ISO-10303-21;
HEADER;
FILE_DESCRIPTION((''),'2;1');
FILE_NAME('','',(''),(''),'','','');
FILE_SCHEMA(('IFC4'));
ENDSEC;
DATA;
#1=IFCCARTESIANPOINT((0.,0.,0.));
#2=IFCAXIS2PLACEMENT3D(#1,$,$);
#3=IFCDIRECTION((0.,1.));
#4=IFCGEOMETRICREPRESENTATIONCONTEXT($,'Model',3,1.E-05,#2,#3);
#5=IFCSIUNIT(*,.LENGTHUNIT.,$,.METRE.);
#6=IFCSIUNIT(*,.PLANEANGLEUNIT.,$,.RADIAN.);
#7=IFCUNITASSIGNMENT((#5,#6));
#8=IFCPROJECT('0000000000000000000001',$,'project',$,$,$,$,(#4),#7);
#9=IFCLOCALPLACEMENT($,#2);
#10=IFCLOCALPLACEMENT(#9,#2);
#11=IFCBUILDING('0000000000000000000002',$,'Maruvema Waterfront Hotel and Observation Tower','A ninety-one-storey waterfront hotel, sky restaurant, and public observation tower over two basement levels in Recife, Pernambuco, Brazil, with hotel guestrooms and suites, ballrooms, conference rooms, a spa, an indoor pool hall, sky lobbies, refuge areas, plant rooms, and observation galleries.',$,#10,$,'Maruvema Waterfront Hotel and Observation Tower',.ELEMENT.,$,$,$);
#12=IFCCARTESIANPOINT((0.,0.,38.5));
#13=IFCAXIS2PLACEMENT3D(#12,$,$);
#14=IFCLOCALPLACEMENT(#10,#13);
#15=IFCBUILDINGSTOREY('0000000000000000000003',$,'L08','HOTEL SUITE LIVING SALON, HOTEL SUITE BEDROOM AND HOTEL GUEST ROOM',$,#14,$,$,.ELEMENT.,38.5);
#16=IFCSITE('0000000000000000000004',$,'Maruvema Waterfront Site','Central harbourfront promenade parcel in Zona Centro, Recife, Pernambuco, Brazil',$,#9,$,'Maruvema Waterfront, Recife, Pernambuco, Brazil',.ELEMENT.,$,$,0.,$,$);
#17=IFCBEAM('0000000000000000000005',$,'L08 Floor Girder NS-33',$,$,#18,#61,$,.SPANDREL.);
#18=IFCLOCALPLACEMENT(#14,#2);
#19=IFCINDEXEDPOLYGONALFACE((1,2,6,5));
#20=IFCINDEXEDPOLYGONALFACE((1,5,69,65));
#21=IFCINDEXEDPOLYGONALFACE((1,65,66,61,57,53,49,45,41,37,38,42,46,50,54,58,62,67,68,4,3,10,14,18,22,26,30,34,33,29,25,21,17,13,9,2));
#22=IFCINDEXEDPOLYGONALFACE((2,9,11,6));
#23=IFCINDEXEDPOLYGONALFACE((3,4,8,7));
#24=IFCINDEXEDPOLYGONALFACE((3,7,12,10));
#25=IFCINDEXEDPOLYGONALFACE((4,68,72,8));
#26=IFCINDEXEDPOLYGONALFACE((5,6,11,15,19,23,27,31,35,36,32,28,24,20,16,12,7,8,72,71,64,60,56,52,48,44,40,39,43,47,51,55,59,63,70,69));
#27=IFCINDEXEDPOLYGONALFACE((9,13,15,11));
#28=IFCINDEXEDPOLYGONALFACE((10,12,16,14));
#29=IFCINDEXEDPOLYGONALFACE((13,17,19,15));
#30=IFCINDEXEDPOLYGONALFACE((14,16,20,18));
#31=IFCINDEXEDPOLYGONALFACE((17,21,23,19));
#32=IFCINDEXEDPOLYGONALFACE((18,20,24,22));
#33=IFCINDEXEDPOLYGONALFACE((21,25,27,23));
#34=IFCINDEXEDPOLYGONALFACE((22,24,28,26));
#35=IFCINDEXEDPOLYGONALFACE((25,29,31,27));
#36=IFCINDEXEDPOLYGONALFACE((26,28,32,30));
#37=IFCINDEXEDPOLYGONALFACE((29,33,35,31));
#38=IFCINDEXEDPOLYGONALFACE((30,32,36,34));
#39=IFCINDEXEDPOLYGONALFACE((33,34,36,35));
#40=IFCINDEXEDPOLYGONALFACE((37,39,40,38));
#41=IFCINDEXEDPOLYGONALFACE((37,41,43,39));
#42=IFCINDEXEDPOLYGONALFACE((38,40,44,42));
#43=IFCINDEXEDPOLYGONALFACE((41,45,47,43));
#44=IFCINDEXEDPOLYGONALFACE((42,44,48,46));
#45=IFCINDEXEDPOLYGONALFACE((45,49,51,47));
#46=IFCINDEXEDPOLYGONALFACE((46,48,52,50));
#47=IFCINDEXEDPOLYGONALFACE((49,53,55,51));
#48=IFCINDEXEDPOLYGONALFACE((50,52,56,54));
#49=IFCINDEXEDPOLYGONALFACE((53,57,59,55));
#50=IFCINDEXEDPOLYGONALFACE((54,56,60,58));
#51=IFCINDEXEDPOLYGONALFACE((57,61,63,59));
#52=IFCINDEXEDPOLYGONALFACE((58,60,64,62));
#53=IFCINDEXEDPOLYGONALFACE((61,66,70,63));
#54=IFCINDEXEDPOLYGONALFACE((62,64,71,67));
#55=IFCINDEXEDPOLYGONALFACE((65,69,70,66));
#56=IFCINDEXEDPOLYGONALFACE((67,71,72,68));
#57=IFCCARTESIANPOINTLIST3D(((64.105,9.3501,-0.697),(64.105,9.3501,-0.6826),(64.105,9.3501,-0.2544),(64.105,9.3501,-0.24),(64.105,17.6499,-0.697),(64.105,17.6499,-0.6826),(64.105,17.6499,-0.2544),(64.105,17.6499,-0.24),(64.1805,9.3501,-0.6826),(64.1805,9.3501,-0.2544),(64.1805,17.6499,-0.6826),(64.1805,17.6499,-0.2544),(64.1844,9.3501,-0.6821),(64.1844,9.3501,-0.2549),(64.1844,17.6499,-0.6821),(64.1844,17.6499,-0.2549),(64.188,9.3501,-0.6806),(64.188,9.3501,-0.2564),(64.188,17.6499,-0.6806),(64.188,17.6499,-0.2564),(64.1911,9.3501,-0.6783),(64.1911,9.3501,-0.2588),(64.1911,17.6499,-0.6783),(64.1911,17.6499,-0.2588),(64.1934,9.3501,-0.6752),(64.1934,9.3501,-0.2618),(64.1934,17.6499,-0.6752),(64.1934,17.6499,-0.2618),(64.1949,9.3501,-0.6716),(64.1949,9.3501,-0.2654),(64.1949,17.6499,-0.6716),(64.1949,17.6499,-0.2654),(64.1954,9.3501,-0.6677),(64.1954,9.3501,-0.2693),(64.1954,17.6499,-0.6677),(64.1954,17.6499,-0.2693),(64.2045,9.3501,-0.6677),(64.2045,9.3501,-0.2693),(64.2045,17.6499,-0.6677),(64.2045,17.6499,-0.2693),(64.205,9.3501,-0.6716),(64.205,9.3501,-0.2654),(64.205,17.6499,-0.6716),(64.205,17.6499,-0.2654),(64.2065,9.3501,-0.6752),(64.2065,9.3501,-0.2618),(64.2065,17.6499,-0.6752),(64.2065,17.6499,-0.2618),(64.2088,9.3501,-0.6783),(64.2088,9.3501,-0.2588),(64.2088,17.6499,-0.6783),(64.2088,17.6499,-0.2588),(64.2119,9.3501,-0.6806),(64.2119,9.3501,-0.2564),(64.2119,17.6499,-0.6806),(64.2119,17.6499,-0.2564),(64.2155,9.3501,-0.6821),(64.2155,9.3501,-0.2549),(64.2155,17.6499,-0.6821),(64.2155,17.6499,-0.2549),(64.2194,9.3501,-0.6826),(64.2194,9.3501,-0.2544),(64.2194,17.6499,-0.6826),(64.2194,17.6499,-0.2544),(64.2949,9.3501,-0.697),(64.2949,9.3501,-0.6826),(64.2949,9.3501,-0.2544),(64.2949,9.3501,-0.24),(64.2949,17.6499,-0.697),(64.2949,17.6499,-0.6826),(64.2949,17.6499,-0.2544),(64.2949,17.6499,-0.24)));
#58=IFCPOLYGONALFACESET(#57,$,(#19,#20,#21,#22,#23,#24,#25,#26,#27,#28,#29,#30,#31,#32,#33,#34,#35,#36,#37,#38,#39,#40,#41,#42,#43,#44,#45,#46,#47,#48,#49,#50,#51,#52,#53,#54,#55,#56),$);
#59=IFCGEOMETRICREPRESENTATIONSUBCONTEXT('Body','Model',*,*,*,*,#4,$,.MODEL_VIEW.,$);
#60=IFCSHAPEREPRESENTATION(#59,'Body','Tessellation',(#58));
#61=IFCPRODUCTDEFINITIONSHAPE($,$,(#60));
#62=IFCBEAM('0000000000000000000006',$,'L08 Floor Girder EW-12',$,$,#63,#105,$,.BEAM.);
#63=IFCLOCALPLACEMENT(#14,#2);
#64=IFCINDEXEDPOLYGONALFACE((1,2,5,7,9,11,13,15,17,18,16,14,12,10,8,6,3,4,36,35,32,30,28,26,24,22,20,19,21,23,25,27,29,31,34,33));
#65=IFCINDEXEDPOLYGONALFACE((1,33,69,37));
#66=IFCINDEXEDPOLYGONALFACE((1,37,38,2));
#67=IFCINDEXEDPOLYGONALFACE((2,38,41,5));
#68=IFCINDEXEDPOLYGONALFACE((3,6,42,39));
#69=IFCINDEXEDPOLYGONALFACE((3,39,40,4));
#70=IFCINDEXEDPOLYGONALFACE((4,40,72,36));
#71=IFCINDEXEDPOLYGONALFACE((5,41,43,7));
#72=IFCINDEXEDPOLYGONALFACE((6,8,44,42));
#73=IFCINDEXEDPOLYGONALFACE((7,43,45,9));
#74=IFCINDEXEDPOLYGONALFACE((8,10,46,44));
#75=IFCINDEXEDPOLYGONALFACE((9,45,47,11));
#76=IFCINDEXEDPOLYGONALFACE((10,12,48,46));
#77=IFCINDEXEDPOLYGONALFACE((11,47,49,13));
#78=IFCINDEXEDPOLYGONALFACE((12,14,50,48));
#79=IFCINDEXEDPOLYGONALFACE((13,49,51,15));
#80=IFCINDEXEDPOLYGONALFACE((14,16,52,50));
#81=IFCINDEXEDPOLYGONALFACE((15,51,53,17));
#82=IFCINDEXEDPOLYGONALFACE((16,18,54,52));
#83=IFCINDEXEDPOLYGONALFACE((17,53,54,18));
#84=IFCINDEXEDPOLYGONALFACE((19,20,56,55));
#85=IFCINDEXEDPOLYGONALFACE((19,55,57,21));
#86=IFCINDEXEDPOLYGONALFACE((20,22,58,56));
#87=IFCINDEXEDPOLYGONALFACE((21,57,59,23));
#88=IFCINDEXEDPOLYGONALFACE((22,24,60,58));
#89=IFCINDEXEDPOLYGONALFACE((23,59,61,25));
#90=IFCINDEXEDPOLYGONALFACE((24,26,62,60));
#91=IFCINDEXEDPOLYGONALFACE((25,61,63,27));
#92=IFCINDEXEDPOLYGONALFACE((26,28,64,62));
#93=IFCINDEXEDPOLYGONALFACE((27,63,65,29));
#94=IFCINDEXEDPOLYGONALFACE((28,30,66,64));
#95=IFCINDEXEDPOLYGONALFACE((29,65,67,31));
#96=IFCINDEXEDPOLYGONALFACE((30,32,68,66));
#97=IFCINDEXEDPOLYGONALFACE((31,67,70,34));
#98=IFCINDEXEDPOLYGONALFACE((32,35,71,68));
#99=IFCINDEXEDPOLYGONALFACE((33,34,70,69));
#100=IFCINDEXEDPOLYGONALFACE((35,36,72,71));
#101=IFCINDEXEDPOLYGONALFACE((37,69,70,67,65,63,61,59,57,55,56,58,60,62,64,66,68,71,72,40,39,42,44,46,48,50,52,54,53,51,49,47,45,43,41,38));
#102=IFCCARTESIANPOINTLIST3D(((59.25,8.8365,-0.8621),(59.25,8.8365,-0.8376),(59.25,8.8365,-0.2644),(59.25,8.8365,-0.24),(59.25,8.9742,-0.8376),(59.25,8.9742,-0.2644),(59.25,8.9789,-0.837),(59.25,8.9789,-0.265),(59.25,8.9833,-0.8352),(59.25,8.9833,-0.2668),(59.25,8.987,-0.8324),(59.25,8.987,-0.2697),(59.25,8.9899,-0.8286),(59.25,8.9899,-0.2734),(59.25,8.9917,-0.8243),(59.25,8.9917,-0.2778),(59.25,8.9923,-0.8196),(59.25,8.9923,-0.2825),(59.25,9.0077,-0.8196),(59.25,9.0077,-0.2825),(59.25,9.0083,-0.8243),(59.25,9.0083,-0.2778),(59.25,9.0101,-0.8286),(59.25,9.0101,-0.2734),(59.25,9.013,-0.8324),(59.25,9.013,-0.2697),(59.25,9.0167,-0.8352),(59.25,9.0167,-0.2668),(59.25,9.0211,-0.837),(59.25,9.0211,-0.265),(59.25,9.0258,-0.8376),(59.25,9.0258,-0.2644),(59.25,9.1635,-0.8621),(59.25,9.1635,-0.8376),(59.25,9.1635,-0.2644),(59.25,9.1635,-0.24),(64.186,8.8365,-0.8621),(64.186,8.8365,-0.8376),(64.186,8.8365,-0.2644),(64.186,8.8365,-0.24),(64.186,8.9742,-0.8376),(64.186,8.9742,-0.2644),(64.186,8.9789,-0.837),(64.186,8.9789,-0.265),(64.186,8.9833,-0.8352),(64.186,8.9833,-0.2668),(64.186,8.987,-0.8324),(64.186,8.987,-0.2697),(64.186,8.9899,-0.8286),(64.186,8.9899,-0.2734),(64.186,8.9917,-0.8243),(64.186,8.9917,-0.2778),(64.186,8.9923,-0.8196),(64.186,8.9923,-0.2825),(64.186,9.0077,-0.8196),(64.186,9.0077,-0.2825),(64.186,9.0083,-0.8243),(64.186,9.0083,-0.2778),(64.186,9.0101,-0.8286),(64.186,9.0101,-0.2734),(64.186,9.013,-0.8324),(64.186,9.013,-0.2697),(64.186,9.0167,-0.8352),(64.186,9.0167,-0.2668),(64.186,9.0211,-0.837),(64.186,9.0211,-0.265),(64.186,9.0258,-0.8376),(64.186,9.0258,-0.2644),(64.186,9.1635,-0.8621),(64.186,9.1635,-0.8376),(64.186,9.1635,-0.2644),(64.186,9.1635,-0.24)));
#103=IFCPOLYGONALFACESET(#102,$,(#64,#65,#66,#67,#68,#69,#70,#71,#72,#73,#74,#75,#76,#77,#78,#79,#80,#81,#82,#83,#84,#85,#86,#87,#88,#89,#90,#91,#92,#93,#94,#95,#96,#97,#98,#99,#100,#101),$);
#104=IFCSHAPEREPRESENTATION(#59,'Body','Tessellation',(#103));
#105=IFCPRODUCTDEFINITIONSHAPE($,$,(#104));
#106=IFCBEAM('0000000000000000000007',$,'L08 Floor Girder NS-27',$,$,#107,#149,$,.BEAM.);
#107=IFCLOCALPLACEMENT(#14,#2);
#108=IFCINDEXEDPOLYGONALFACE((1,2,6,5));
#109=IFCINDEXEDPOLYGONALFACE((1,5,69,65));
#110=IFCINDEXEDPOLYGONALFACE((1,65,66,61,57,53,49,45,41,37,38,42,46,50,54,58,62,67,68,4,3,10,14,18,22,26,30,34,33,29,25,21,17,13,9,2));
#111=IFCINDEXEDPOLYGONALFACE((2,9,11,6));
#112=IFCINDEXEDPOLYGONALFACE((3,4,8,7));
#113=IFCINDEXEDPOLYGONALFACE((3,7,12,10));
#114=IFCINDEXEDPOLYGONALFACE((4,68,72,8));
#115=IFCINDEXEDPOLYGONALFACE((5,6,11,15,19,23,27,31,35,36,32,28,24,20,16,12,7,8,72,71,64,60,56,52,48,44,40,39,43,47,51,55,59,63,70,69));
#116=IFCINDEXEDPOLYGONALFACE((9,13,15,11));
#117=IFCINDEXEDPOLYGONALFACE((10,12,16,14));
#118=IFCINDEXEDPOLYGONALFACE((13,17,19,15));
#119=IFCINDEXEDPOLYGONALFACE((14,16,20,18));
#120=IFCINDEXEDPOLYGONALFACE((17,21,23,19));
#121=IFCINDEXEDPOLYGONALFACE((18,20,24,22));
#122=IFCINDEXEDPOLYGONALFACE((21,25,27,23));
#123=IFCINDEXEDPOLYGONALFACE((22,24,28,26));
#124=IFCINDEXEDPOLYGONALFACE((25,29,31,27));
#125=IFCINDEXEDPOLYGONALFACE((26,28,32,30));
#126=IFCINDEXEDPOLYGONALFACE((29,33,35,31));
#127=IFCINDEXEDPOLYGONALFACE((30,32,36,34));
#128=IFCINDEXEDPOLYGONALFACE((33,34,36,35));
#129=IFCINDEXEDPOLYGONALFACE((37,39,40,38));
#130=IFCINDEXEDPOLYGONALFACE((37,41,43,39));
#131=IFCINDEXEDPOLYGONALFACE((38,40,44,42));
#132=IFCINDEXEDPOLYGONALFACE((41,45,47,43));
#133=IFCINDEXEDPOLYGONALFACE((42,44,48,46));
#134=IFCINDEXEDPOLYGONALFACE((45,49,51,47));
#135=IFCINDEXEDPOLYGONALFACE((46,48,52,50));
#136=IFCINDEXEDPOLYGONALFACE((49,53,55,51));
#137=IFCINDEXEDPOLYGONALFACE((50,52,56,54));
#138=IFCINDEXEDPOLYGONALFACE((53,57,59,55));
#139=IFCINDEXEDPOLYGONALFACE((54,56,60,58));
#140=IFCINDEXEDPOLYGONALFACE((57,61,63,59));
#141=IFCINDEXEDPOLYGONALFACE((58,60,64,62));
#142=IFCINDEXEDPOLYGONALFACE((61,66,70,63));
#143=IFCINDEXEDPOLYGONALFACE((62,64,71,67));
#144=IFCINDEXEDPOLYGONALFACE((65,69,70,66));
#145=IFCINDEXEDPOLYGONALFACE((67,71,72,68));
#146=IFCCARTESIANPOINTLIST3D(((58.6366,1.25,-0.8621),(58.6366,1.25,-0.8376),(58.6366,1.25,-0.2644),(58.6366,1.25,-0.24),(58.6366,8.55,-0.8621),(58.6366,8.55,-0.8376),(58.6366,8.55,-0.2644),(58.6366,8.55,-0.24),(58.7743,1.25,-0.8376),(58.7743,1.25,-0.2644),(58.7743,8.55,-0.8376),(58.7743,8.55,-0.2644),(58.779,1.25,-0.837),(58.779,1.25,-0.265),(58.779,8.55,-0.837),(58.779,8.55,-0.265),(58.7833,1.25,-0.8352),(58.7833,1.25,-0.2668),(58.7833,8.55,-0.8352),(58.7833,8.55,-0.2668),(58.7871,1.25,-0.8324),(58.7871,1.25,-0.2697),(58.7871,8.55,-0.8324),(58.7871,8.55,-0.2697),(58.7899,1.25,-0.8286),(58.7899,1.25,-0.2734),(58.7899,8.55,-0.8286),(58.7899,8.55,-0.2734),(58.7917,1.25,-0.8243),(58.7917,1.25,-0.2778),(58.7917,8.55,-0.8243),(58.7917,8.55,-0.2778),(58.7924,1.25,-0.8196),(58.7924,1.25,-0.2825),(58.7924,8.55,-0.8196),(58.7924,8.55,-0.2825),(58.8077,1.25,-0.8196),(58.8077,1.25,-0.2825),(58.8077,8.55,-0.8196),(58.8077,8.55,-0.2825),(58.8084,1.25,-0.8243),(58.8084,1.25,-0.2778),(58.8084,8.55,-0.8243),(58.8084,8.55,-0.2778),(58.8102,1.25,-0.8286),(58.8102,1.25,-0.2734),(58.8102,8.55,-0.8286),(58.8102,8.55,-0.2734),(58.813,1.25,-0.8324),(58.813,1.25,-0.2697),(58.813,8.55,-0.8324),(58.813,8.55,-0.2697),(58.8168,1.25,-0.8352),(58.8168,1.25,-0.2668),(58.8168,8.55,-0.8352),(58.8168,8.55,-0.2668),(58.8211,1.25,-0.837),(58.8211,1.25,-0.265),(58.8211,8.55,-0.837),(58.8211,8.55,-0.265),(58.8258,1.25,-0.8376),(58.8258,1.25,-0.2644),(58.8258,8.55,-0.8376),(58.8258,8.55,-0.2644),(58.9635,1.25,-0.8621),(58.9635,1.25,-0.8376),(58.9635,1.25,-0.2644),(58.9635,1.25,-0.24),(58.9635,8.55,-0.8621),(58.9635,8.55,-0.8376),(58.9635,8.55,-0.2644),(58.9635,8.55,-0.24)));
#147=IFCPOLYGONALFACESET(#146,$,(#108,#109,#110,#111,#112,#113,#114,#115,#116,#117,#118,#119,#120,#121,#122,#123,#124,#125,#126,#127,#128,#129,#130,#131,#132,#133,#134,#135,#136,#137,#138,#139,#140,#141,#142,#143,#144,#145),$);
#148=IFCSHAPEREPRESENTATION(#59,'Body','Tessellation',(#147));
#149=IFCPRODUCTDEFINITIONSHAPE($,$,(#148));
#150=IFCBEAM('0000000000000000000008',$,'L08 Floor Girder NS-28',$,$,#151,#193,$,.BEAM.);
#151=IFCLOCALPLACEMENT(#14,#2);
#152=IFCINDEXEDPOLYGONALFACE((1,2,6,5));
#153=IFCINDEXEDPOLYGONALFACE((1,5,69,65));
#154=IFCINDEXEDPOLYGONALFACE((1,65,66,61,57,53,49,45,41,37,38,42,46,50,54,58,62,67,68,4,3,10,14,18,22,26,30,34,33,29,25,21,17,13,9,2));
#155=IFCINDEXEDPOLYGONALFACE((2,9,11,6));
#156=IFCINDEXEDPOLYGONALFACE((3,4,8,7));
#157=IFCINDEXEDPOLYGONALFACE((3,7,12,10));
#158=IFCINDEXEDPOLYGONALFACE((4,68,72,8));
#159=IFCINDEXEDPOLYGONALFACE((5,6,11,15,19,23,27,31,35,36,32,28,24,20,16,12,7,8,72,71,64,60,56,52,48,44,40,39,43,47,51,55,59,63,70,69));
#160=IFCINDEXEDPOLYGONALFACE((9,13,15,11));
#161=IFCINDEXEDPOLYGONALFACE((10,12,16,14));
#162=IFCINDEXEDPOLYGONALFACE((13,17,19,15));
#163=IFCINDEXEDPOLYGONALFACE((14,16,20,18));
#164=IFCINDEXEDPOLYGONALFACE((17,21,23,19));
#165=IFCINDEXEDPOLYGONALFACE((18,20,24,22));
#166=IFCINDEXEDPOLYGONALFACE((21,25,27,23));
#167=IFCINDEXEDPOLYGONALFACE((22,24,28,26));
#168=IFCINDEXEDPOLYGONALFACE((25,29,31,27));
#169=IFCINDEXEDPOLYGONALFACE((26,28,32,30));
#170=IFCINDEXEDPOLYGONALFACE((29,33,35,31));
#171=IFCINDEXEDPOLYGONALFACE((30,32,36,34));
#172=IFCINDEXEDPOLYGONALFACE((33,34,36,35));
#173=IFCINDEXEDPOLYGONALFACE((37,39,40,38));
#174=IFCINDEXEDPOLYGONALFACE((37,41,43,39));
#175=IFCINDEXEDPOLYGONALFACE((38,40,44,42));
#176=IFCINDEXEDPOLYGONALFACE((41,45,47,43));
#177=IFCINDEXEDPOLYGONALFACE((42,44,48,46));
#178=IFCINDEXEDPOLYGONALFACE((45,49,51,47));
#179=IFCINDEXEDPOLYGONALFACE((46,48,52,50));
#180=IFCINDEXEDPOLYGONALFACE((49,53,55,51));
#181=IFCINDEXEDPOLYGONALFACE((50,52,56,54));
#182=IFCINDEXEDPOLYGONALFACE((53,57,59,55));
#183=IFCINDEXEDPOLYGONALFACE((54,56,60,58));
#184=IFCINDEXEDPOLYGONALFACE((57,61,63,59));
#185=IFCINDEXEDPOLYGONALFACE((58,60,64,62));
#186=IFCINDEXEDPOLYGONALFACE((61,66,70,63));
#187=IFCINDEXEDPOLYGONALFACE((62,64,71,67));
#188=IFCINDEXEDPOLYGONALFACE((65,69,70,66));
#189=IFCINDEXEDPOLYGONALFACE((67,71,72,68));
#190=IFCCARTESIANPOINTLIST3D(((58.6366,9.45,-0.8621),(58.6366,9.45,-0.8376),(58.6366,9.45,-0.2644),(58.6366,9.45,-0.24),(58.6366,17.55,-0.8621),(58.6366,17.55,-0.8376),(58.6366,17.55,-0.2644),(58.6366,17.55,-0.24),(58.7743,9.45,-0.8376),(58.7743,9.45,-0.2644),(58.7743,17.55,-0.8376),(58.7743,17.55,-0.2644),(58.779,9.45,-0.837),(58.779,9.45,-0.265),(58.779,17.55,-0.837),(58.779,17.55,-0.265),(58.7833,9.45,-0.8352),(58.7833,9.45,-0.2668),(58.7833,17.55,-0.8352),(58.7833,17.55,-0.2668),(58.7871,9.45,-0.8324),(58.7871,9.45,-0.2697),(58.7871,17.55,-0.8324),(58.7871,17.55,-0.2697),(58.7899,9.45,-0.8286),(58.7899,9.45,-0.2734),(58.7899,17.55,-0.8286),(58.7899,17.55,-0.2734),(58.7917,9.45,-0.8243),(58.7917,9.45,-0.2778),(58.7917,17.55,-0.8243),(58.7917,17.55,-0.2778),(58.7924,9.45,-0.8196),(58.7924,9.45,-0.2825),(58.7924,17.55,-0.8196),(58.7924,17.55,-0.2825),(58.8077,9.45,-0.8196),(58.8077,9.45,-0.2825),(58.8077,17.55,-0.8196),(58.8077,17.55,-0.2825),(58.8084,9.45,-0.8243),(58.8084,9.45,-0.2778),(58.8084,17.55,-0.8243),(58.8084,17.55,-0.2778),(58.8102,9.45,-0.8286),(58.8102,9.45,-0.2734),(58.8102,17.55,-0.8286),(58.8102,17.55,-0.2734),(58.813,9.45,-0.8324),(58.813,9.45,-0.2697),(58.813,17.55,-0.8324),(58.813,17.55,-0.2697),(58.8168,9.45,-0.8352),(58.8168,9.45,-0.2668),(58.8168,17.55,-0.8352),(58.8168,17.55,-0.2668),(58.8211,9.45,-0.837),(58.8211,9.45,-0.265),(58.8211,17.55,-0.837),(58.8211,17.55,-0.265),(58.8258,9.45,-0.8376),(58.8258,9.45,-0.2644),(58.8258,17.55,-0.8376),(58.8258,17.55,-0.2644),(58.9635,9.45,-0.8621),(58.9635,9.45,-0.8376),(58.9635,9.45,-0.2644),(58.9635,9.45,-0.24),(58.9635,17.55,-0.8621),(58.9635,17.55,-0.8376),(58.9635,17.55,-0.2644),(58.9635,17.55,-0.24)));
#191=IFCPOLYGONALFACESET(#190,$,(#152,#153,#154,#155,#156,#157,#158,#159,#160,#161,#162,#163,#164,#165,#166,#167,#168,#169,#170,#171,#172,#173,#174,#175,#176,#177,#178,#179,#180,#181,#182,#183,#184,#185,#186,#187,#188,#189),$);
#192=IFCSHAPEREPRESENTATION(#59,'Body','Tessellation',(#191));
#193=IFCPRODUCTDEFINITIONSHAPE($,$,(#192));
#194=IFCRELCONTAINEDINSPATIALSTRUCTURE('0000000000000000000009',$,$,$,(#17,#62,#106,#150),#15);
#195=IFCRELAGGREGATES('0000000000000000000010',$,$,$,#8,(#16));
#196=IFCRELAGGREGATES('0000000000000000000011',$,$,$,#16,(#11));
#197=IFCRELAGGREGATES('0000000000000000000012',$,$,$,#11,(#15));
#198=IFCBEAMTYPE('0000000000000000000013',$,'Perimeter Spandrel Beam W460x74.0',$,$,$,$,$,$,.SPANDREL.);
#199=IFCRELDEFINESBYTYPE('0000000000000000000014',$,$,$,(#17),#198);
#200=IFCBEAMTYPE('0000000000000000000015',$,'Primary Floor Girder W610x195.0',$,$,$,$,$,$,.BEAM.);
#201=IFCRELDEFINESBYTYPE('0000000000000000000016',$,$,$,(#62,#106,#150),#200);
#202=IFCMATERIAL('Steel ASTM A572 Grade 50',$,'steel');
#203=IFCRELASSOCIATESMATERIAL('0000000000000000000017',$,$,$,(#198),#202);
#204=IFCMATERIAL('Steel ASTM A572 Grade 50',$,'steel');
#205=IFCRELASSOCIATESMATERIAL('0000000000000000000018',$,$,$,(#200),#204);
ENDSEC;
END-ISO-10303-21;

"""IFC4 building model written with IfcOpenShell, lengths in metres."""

from ifc_helpers import new_model, si_unit, direction, frame, origin, origin_2d, place, context, subcontext, project, spatial, i_section, extrude, material, material_profile, profile_set, type_object, element, save


model = new_model("IFC4")

# Units and contexts
model_context = context("Model", 3, precision=1e-05, world=origin(), true_north=direction((0.0, 1.0)))
body_context = subcontext(model_context, "Body", "Model", "MODEL_VIEW")
ifc_project = project(units=[si_unit("LENGTHUNIT", "METRE"), si_unit("PLANEANGLEUNIT", "RADIAN")], contexts=[model_context])

# Site, building, storey
site_placement = place(None, origin())
site = spatial("IfcSite", under=ifc_project, at=site_placement, Name="Maruvema Waterfront Site", Description="Central harbourfront promenade parcel in Zona Centro, Recife, Pernambuco, Brazil", LongName="Maruvema Waterfront, Recife, Pernambuco, Brazil", CompositionType="ELEMENT", RefElevation=0.0)
building_placement = place(site_placement, origin())
building = spatial("IfcBuilding", under=site, at=building_placement, Name="Maruvema Waterfront Hotel and Observation Tower", Description="A ninety-one-storey waterfront hotel, sky restaurant, and public observation tower over two basement levels in Recife, Pernambuco, Brazil, with hotel guestrooms and suites, ballrooms, conference rooms, a spa, an indoor pool hall, sky lobbies, refuge areas, plant rooms, and observation galleries.", LongName="Maruvema Waterfront Hotel and Observation Tower", CompositionType="ELEMENT")
storey_placement = place(building_placement, frame((0.0, 0.0, 38.5)))
storey = spatial("IfcBuildingStorey", under=building, at=storey_placement, Name="L08", Description="HOTEL SUITE LIVING SALON, HOTEL SUITE BEDROOM AND HOTEL GUEST ROOM", CompositionType="ELEMENT", Elevation=38.5)

# Beams
ifc_material_1 = material(Name="Steel ASTM A572 Grade 50", Category="steel")
ifc_material_profile_1 = material_profile(ifc_material_1, i_section(OverallWidth=0.1899, OverallDepth=0.457, WebThickness=0.009, FlangeThickness=0.0144, FilletRadius=0.0149, at=origin_2d()), Name="W460x74.0")
ifc_profile_set_1 = profile_set([ifc_material_profile_1], Name="Steel ASTM A572 Grade 50")
beam_type_1 = type_object("IfcBeamType", Name="Perimeter Spandrel Beam W460x74.0", PredefinedType="SPANDREL", material=ifc_profile_set_1)
beam_1_placement = place(storey_placement, frame((64.2, 9.3501, -0.4685), z_axis=(0.0, 1.0, 0.0), x_axis=(-1.0, 0.0, 0.0)))
element("IfcBeam", 1, at=beam_1_placement, inside=storey, type_object=beam_type_1, Name="L08 Floor Girder NS-33", PredefinedType="SPANDREL", context=body_context, shape_type="SweptSolid", body=[
    extrude(i_section(OverallWidth=0.1899, OverallDepth=0.457, WebThickness=0.009, FlangeThickness=0.0144, FilletRadius=0.0149, at=origin_2d()), origin(), (0.0, 0.0, 1.0), 8.2998),
])
ifc_material_2 = material(Name="Steel ASTM A572 Grade 50", Category="steel")
ifc_material_profile_2 = material_profile(ifc_material_2, i_section(OverallWidth=0.3269, OverallDepth=0.6221, WebThickness=0.0154, FlangeThickness=0.0244, FilletRadius=0.0181, at=origin_2d()), Name="W610x195.0")
ifc_profile_set_2 = profile_set([ifc_material_profile_2], Name="Steel ASTM A572 Grade 50")
beam_type_2 = type_object("IfcBeamType", Name="Primary Floor Girder W610x195.0", PredefinedType="BEAM", material=ifc_profile_set_2)
beam_2_placement = place(storey_placement, frame((59.25, 9.0, -0.551), z_axis=(1.0, 0.0, 0.0), x_axis=(0.0, 1.0, 0.0)))
element("IfcBeam", 2, at=beam_2_placement, inside=storey, type_object=beam_type_2, Name="L08 Floor Girder EW-12", PredefinedType="BEAM", context=body_context, shape_type="SweptSolid", body=[
    extrude(i_section(OverallWidth=0.3269, OverallDepth=0.6221, WebThickness=0.0154, FlangeThickness=0.0244, FilletRadius=0.0181, at=origin_2d()), origin(), (0.0, 0.0, 1.0), 4.936),
])
beam_3_placement = place(storey_placement, frame((58.8, 1.25, -0.551), z_axis=(0.0, 1.0, 0.0), x_axis=(-1.0, 0.0, 0.0)))
element("IfcBeam", 3, at=beam_3_placement, inside=storey, type_object=beam_type_2, Name="L08 Floor Girder NS-27", PredefinedType="BEAM", context=body_context, shape_type="SweptSolid", body=[
    extrude(i_section(OverallWidth=0.3269, OverallDepth=0.6221, WebThickness=0.0154, FlangeThickness=0.0244, FilletRadius=0.0181, at=origin_2d()), origin(), (0.0, 0.0, 1.0), 7.3),
])
beam_4_placement = place(storey_placement, frame((58.8, 9.45, -0.551), z_axis=(0.0, 1.0, 0.0), x_axis=(-1.0, 0.0, 0.0)))
element("IfcBeam", 4, at=beam_4_placement, inside=storey, type_object=beam_type_2, Name="L08 Floor Girder NS-28", PredefinedType="BEAM", context=body_context, shape_type="SweptSolid", body=[
    extrude(i_section(OverallWidth=0.3269, OverallDepth=0.6221, WebThickness=0.0154, FlangeThickness=0.0244, FilletRadius=0.0181, at=origin_2d()), origin(), (0.0, 0.0, 1.0), 8.1001),
])

save(model, "model.ifc")
